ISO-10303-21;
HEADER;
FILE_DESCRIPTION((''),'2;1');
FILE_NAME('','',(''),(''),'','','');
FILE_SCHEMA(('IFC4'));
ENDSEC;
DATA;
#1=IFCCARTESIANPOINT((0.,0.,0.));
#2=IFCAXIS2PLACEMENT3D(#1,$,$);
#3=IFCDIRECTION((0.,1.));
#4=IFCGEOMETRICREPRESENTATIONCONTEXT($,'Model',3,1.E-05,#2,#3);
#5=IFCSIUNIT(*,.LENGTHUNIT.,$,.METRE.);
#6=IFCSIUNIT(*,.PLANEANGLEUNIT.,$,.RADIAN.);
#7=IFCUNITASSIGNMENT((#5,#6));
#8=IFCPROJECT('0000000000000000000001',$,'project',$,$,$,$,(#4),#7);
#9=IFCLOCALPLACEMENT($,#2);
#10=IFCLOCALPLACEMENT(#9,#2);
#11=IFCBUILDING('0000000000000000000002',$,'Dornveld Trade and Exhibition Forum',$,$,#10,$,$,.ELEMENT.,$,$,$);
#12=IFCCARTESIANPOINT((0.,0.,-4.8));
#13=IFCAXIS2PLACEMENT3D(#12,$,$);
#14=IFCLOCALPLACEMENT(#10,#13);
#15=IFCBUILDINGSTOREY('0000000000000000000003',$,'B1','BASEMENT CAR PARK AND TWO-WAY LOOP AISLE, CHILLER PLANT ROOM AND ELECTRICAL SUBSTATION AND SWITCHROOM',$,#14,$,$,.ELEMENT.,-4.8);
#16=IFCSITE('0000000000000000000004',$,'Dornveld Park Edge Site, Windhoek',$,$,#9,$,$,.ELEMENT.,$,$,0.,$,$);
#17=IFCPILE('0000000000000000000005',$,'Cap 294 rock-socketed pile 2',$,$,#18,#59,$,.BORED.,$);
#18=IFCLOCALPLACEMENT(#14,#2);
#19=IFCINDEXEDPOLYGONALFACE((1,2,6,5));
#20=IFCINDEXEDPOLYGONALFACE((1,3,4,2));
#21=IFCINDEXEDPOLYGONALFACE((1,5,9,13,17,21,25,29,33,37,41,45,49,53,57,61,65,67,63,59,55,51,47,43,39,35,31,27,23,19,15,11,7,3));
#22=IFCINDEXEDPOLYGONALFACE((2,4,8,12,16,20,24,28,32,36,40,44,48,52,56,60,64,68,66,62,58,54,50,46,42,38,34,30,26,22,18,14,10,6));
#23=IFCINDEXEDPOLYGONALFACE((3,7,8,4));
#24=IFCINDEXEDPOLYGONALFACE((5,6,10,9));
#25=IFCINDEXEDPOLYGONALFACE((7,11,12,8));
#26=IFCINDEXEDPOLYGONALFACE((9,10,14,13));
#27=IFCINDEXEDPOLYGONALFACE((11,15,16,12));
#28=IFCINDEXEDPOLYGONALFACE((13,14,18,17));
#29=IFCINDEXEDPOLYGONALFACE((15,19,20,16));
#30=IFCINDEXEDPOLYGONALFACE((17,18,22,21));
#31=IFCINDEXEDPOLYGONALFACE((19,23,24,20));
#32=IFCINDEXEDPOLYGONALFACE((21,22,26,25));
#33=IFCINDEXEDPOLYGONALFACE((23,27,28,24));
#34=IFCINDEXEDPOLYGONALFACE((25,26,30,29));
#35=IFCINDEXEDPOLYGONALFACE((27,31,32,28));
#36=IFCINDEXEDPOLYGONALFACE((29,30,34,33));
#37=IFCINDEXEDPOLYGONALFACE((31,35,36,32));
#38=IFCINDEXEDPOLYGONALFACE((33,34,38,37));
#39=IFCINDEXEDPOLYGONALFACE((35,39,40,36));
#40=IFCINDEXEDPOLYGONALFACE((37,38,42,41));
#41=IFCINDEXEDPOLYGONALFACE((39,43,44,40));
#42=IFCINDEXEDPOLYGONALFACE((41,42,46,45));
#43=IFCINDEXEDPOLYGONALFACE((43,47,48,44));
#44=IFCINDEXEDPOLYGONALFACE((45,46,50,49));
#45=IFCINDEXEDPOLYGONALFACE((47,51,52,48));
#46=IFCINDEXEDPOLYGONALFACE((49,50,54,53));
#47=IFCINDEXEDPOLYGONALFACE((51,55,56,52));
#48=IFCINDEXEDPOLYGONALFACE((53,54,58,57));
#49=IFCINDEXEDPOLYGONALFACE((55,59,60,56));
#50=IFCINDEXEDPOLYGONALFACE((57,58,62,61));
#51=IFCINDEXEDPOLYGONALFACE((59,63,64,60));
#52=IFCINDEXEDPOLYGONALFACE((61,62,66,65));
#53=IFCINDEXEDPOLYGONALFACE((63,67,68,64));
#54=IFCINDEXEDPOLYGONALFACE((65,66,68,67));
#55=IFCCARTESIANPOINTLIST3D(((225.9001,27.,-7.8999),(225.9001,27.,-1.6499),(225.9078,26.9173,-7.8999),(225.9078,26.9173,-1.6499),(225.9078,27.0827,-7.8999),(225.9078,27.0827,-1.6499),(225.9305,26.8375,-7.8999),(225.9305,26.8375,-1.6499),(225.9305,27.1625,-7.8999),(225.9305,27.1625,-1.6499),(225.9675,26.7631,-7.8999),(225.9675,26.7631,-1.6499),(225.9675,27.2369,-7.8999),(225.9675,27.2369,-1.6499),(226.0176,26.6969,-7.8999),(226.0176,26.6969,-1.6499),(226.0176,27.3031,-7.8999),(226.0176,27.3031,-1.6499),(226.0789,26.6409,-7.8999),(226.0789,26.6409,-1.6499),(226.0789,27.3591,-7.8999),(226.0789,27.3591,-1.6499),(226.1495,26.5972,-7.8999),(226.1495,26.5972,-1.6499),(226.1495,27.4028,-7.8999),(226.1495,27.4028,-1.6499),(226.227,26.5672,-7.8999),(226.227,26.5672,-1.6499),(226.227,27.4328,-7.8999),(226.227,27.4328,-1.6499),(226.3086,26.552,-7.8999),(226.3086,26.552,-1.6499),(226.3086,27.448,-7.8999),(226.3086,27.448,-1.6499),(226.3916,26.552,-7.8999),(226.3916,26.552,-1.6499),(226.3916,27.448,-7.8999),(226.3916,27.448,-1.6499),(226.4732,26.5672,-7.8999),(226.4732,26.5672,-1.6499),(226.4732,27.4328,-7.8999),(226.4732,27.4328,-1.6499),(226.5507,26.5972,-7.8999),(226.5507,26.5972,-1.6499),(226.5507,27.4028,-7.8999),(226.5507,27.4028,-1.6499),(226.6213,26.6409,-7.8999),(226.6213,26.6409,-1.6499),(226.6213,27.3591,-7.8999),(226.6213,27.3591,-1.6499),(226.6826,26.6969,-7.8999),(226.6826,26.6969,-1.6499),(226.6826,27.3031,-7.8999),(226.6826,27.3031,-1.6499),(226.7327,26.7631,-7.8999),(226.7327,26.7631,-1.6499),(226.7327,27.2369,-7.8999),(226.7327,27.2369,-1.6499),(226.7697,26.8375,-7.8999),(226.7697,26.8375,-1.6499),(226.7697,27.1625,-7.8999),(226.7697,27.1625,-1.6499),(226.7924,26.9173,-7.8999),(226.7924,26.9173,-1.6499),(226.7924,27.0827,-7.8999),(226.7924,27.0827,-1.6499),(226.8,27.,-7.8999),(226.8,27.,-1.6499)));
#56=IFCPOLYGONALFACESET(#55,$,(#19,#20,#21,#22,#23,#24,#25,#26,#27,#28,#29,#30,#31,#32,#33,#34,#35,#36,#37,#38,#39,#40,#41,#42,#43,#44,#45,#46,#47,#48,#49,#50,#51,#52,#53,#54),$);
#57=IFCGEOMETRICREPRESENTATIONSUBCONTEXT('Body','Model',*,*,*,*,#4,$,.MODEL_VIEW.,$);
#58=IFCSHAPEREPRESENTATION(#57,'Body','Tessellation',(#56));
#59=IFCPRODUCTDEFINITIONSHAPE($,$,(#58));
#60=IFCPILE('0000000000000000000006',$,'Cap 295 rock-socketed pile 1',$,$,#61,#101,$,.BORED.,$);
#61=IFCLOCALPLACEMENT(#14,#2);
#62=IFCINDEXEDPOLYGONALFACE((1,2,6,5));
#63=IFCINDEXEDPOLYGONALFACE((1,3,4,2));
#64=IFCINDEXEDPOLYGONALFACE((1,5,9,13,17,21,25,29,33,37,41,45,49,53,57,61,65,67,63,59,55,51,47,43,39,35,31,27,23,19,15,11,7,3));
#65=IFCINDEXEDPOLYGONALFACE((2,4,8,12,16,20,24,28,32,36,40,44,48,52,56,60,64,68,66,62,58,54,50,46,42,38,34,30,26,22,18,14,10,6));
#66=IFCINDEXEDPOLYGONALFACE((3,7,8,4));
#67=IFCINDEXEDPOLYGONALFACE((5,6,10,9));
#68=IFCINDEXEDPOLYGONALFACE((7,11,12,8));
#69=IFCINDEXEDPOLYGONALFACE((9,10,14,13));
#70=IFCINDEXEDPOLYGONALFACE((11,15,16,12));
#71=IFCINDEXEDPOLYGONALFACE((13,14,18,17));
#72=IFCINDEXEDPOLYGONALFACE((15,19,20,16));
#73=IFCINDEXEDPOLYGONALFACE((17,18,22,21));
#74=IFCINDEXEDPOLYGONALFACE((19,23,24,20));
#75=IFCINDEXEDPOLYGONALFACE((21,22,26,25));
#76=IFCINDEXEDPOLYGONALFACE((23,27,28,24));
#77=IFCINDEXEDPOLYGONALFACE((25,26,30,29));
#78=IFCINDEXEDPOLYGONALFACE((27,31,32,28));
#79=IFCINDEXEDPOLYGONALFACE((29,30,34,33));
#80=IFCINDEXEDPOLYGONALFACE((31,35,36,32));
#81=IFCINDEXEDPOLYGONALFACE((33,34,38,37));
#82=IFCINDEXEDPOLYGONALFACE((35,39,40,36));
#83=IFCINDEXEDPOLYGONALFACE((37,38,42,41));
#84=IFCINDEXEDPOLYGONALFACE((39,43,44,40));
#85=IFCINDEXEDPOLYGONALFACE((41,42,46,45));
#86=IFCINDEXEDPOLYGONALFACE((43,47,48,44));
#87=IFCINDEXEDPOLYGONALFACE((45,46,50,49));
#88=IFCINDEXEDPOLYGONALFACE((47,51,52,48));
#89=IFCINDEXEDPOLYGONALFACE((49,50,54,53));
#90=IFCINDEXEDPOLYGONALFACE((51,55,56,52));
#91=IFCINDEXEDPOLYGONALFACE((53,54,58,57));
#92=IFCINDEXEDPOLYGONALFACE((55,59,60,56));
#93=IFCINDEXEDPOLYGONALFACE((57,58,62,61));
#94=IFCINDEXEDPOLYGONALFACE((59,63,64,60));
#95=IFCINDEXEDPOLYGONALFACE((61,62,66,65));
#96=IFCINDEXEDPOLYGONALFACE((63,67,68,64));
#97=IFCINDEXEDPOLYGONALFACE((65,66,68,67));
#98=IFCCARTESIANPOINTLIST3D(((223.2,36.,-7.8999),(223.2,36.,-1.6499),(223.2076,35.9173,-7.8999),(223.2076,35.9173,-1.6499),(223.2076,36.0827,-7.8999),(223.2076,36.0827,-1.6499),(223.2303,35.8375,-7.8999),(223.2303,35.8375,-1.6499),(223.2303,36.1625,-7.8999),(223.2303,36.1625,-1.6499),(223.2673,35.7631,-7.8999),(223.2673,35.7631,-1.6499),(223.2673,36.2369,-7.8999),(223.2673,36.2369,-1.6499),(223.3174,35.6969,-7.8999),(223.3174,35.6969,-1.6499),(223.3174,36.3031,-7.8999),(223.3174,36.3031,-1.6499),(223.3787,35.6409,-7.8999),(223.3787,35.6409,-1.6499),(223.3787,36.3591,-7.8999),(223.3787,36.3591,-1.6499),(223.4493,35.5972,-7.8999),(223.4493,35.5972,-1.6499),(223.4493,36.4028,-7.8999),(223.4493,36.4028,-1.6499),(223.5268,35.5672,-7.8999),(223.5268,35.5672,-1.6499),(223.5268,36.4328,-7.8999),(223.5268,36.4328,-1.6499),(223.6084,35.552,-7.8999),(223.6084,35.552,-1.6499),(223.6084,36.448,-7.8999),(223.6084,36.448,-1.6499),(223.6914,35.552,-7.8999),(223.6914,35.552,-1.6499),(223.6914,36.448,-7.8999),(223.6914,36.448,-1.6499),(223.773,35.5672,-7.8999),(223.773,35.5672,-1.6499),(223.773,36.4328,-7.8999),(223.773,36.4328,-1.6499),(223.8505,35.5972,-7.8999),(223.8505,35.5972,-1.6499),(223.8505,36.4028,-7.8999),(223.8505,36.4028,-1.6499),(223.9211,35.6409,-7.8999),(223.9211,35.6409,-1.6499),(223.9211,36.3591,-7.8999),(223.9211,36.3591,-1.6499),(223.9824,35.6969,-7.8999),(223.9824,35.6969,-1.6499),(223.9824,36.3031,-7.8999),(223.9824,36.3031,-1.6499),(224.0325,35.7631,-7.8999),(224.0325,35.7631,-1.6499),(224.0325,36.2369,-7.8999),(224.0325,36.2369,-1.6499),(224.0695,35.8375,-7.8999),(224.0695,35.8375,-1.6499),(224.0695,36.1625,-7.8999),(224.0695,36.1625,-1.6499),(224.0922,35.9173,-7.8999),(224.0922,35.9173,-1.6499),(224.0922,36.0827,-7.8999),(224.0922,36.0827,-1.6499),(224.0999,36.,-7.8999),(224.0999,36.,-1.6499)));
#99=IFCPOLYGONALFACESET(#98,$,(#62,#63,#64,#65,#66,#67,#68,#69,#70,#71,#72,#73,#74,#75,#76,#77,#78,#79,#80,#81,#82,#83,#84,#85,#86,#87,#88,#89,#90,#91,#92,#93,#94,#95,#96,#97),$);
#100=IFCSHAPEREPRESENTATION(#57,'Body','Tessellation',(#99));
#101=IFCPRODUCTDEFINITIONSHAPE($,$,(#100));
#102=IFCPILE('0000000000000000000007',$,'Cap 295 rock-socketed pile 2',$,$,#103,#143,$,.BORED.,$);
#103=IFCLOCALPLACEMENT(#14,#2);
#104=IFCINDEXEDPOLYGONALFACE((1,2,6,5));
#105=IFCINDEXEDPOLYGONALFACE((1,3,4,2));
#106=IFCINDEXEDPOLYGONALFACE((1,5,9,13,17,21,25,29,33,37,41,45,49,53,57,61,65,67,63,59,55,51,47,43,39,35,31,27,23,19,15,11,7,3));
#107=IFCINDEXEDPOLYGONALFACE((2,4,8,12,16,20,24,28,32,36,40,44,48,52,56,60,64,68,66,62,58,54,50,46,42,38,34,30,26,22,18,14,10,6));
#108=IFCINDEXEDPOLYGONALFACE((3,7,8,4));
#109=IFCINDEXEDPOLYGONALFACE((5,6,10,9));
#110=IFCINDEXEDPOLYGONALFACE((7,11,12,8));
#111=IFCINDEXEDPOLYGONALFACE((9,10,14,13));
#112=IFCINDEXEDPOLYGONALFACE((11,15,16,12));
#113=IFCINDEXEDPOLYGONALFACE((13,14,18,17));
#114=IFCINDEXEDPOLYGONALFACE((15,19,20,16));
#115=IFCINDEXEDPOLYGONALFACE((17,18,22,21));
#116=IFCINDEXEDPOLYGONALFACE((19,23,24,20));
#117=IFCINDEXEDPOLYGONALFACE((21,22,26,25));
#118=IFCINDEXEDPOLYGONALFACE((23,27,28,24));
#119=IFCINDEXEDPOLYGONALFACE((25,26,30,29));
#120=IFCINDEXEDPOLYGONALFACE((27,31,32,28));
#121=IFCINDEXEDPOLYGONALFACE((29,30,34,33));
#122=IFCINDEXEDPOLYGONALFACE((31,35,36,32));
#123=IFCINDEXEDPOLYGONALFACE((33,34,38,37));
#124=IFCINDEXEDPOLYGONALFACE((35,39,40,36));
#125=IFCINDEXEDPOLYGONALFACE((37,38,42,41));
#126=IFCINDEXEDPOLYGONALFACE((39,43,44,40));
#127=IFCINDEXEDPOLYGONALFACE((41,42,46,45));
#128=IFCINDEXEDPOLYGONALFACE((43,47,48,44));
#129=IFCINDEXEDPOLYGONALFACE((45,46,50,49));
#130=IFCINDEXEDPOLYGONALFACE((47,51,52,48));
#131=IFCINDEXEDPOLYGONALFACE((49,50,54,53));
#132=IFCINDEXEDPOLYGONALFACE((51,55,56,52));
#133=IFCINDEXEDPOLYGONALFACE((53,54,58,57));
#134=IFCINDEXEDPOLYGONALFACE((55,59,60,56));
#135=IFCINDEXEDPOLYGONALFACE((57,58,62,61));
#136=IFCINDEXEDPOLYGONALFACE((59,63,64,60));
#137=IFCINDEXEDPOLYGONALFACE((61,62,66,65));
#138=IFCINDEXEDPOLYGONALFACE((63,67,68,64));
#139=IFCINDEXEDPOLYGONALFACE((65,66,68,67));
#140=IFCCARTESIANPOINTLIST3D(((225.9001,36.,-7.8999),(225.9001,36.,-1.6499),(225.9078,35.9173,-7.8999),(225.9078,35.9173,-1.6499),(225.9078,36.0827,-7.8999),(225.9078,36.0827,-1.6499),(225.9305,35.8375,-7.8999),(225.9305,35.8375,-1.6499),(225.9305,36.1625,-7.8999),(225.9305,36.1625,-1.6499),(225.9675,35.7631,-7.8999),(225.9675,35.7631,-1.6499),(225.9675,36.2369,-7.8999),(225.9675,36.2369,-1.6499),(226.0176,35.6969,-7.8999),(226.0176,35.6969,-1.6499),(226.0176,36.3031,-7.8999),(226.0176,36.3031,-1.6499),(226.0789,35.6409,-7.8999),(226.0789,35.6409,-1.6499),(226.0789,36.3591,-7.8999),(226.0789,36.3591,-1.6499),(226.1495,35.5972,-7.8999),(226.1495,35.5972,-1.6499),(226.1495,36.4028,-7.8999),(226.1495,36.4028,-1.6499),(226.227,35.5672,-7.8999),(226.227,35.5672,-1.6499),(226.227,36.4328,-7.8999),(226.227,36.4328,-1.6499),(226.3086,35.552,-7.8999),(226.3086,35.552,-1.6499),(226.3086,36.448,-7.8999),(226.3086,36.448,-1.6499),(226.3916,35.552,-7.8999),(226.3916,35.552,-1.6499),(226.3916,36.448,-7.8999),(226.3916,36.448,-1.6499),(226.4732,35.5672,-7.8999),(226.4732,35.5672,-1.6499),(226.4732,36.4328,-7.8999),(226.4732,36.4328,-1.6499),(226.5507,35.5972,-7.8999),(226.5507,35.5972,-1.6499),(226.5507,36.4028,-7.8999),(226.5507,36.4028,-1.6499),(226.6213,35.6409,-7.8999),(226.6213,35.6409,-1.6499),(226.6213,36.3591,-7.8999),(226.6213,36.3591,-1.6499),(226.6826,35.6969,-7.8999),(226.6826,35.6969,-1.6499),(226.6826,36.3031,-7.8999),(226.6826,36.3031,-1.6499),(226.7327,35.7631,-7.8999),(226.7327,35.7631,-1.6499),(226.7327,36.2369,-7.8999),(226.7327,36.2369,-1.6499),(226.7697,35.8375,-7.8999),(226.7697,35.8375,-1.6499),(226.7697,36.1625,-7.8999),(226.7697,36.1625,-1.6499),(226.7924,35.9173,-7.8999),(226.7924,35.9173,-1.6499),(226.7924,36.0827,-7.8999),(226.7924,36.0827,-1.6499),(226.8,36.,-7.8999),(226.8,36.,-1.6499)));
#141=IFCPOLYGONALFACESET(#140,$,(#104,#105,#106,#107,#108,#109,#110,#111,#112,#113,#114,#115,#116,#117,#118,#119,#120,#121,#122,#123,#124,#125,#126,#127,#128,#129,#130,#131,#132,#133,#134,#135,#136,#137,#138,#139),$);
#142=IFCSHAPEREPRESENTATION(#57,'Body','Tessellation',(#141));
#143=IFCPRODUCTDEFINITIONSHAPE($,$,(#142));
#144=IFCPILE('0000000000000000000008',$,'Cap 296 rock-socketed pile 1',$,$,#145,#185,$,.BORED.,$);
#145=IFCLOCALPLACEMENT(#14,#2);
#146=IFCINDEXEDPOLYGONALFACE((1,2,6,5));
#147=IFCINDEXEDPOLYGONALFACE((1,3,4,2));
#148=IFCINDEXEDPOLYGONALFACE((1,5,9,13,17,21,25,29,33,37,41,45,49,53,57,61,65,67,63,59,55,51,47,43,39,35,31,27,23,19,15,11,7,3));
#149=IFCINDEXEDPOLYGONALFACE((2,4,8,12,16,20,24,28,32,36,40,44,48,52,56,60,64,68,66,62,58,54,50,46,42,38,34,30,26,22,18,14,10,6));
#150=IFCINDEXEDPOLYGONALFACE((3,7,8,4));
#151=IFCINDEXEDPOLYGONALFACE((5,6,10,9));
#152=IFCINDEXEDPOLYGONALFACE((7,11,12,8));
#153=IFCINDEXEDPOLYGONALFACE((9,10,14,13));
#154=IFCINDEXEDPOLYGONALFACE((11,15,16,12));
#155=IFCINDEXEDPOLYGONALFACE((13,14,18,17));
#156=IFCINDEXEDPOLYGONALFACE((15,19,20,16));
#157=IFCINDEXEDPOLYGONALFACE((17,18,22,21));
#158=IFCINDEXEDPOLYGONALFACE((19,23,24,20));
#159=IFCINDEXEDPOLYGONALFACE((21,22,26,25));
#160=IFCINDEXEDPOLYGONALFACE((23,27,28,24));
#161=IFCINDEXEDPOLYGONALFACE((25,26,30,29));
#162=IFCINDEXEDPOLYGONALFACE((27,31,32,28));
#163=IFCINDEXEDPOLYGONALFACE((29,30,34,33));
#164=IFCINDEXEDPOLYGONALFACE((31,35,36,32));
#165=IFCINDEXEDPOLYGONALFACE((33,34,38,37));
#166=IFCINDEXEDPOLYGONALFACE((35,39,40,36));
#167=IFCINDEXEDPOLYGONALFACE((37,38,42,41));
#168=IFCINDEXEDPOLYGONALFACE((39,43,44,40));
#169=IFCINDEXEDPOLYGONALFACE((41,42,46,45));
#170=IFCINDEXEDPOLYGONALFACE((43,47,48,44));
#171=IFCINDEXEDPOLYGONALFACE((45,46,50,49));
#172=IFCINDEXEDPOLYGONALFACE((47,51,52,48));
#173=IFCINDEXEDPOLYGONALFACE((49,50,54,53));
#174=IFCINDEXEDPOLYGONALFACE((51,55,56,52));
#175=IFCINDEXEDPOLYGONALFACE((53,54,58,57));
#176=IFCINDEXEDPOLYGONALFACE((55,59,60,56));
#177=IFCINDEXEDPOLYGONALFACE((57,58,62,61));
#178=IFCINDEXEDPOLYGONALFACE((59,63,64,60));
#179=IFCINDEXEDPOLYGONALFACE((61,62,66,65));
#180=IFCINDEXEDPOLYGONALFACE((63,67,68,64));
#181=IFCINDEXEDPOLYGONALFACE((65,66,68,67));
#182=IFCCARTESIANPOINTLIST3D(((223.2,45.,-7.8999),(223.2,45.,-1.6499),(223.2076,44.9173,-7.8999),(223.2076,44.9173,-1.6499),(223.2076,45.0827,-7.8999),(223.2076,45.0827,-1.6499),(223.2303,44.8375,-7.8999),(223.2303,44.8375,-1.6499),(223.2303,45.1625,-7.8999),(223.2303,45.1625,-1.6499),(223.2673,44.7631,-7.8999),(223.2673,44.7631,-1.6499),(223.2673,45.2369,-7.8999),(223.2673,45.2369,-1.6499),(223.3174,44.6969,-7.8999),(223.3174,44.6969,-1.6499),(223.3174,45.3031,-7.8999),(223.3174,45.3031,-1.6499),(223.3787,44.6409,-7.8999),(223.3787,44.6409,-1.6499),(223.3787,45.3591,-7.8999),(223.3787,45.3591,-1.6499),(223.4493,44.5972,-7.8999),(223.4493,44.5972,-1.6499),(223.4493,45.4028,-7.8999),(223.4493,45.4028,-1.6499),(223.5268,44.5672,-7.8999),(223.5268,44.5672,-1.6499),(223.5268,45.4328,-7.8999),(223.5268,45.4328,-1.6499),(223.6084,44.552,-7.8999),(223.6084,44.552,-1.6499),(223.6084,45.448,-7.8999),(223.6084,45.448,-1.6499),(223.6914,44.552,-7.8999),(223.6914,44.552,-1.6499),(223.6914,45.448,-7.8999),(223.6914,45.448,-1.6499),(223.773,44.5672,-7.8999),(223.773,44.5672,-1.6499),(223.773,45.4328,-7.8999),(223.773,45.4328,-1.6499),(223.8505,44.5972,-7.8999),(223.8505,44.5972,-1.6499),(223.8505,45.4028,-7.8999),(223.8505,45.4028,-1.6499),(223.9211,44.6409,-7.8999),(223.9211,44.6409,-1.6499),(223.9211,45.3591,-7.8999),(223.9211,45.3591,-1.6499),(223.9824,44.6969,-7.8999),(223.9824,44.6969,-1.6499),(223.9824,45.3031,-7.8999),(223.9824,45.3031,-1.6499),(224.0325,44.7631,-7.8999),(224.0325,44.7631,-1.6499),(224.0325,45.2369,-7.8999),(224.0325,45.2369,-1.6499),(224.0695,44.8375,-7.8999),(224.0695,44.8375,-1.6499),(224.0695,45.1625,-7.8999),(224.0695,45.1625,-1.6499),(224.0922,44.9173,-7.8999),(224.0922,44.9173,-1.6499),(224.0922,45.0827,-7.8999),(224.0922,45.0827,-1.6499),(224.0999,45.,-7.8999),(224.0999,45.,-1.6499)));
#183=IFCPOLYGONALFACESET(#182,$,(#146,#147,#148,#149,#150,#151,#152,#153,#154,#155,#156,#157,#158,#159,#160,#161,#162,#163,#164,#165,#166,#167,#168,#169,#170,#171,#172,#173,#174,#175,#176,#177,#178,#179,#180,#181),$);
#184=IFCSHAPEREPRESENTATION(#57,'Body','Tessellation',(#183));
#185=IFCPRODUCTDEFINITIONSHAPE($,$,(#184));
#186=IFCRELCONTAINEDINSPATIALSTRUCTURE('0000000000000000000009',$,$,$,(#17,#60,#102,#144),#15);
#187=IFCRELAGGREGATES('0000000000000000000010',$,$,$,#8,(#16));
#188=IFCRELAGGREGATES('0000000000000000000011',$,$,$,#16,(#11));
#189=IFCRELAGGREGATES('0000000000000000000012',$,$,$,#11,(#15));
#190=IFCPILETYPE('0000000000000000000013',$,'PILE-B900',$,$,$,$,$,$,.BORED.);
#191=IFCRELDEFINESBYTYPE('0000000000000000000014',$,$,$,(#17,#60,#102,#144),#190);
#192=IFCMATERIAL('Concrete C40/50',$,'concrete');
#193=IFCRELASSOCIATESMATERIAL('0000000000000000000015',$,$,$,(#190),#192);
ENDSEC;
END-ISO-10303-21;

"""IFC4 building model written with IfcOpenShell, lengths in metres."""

from ifc_helpers import new_model, si_unit, direction, frame, origin, origin_2d, place, context, subcontext, project, spatial, circle, extrude, material, material_profile, profile_set, type_object, element, save


model = new_model("IFC4")

# Units and contexts
model_context = context("Model", 3, precision=1e-05, world=origin(), true_north=direction((0.0, 1.0)))
body_context = subcontext(model_context, "Body", "Model", "MODEL_VIEW")
ifc_project = project(units=[si_unit("LENGTHUNIT", "METRE"), si_unit("PLANEANGLEUNIT", "RADIAN")], contexts=[model_context])

# Site, building, storey
site_placement = place(None, origin())
site = spatial("IfcSite", under=ifc_project, at=site_placement, Name="Dornveld Park Edge Site, Windhoek", CompositionType="ELEMENT", RefElevation=0.0)
building_placement = place(site_placement, origin())
building = spatial("IfcBuilding", under=site, at=building_placement, Name="Dornveld Trade and Exhibition Forum", CompositionType="ELEMENT")
storey_placement = place(building_placement, frame((0.0, 0.0, -4.8)))
storey = spatial("IfcBuildingStorey", under=building, at=storey_placement, Name="B1", Description="BASEMENT CAR PARK AND TWO-WAY LOOP AISLE, CHILLER PLANT ROOM AND ELECTRICAL SUBSTATION AND SWITCHROOM", CompositionType="ELEMENT", Elevation=-4.8)

# Piles
ifc_material_1 = material(Name="Concrete C40/50", Category="concrete")
ifc_material_profile_1 = material_profile(ifc_material_1, circle(Radius=0.45, at=origin_2d()), Name="PILE D900")
ifc_profile_set_1 = profile_set([ifc_material_profile_1], Name="Concrete C40/50")
pile_type = type_object("IfcPileType", Name="PILE-B900", PredefinedType="BORED", material=ifc_profile_set_1)
for number, where, z_axis, x_axis, name in (
    (1, (226.3501, 27.0, -1.6499), (0.0, 0.0, -1.0), (1.0, 0.0, 0.0), "Cap 294 rock-socketed pile 2"),
    (2, (223.6499, 36.0, -1.6499), (0.0, 0.0, -1.0), (1.0, 0.0, 0.0), "Cap 295 rock-socketed pile 1"),
    (3, (226.3501, 36.0, -1.6499), (0.0, 0.0, -1.0), (1.0, 0.0, 0.0), "Cap 295 rock-socketed pile 2"),
    (4, (223.6499, 45.0, -1.6499), (0.0, 0.0, -1.0), (1.0, 0.0, 0.0), "Cap 296 rock-socketed pile 1"),
):
    element("IfcPile", number, at=place(storey_placement, frame(where, z_axis=z_axis, x_axis=x_axis)), inside=storey, type_object=pile_type, Name=name, PredefinedType="BORED", context=body_context, shape_type="SweptSolid", body=[
        extrude(circle(Radius=0.45, at=origin_2d()), origin(), (0.0, 0.0, 1.0), 6.25),
    ])

save(model, "model.ifc")
